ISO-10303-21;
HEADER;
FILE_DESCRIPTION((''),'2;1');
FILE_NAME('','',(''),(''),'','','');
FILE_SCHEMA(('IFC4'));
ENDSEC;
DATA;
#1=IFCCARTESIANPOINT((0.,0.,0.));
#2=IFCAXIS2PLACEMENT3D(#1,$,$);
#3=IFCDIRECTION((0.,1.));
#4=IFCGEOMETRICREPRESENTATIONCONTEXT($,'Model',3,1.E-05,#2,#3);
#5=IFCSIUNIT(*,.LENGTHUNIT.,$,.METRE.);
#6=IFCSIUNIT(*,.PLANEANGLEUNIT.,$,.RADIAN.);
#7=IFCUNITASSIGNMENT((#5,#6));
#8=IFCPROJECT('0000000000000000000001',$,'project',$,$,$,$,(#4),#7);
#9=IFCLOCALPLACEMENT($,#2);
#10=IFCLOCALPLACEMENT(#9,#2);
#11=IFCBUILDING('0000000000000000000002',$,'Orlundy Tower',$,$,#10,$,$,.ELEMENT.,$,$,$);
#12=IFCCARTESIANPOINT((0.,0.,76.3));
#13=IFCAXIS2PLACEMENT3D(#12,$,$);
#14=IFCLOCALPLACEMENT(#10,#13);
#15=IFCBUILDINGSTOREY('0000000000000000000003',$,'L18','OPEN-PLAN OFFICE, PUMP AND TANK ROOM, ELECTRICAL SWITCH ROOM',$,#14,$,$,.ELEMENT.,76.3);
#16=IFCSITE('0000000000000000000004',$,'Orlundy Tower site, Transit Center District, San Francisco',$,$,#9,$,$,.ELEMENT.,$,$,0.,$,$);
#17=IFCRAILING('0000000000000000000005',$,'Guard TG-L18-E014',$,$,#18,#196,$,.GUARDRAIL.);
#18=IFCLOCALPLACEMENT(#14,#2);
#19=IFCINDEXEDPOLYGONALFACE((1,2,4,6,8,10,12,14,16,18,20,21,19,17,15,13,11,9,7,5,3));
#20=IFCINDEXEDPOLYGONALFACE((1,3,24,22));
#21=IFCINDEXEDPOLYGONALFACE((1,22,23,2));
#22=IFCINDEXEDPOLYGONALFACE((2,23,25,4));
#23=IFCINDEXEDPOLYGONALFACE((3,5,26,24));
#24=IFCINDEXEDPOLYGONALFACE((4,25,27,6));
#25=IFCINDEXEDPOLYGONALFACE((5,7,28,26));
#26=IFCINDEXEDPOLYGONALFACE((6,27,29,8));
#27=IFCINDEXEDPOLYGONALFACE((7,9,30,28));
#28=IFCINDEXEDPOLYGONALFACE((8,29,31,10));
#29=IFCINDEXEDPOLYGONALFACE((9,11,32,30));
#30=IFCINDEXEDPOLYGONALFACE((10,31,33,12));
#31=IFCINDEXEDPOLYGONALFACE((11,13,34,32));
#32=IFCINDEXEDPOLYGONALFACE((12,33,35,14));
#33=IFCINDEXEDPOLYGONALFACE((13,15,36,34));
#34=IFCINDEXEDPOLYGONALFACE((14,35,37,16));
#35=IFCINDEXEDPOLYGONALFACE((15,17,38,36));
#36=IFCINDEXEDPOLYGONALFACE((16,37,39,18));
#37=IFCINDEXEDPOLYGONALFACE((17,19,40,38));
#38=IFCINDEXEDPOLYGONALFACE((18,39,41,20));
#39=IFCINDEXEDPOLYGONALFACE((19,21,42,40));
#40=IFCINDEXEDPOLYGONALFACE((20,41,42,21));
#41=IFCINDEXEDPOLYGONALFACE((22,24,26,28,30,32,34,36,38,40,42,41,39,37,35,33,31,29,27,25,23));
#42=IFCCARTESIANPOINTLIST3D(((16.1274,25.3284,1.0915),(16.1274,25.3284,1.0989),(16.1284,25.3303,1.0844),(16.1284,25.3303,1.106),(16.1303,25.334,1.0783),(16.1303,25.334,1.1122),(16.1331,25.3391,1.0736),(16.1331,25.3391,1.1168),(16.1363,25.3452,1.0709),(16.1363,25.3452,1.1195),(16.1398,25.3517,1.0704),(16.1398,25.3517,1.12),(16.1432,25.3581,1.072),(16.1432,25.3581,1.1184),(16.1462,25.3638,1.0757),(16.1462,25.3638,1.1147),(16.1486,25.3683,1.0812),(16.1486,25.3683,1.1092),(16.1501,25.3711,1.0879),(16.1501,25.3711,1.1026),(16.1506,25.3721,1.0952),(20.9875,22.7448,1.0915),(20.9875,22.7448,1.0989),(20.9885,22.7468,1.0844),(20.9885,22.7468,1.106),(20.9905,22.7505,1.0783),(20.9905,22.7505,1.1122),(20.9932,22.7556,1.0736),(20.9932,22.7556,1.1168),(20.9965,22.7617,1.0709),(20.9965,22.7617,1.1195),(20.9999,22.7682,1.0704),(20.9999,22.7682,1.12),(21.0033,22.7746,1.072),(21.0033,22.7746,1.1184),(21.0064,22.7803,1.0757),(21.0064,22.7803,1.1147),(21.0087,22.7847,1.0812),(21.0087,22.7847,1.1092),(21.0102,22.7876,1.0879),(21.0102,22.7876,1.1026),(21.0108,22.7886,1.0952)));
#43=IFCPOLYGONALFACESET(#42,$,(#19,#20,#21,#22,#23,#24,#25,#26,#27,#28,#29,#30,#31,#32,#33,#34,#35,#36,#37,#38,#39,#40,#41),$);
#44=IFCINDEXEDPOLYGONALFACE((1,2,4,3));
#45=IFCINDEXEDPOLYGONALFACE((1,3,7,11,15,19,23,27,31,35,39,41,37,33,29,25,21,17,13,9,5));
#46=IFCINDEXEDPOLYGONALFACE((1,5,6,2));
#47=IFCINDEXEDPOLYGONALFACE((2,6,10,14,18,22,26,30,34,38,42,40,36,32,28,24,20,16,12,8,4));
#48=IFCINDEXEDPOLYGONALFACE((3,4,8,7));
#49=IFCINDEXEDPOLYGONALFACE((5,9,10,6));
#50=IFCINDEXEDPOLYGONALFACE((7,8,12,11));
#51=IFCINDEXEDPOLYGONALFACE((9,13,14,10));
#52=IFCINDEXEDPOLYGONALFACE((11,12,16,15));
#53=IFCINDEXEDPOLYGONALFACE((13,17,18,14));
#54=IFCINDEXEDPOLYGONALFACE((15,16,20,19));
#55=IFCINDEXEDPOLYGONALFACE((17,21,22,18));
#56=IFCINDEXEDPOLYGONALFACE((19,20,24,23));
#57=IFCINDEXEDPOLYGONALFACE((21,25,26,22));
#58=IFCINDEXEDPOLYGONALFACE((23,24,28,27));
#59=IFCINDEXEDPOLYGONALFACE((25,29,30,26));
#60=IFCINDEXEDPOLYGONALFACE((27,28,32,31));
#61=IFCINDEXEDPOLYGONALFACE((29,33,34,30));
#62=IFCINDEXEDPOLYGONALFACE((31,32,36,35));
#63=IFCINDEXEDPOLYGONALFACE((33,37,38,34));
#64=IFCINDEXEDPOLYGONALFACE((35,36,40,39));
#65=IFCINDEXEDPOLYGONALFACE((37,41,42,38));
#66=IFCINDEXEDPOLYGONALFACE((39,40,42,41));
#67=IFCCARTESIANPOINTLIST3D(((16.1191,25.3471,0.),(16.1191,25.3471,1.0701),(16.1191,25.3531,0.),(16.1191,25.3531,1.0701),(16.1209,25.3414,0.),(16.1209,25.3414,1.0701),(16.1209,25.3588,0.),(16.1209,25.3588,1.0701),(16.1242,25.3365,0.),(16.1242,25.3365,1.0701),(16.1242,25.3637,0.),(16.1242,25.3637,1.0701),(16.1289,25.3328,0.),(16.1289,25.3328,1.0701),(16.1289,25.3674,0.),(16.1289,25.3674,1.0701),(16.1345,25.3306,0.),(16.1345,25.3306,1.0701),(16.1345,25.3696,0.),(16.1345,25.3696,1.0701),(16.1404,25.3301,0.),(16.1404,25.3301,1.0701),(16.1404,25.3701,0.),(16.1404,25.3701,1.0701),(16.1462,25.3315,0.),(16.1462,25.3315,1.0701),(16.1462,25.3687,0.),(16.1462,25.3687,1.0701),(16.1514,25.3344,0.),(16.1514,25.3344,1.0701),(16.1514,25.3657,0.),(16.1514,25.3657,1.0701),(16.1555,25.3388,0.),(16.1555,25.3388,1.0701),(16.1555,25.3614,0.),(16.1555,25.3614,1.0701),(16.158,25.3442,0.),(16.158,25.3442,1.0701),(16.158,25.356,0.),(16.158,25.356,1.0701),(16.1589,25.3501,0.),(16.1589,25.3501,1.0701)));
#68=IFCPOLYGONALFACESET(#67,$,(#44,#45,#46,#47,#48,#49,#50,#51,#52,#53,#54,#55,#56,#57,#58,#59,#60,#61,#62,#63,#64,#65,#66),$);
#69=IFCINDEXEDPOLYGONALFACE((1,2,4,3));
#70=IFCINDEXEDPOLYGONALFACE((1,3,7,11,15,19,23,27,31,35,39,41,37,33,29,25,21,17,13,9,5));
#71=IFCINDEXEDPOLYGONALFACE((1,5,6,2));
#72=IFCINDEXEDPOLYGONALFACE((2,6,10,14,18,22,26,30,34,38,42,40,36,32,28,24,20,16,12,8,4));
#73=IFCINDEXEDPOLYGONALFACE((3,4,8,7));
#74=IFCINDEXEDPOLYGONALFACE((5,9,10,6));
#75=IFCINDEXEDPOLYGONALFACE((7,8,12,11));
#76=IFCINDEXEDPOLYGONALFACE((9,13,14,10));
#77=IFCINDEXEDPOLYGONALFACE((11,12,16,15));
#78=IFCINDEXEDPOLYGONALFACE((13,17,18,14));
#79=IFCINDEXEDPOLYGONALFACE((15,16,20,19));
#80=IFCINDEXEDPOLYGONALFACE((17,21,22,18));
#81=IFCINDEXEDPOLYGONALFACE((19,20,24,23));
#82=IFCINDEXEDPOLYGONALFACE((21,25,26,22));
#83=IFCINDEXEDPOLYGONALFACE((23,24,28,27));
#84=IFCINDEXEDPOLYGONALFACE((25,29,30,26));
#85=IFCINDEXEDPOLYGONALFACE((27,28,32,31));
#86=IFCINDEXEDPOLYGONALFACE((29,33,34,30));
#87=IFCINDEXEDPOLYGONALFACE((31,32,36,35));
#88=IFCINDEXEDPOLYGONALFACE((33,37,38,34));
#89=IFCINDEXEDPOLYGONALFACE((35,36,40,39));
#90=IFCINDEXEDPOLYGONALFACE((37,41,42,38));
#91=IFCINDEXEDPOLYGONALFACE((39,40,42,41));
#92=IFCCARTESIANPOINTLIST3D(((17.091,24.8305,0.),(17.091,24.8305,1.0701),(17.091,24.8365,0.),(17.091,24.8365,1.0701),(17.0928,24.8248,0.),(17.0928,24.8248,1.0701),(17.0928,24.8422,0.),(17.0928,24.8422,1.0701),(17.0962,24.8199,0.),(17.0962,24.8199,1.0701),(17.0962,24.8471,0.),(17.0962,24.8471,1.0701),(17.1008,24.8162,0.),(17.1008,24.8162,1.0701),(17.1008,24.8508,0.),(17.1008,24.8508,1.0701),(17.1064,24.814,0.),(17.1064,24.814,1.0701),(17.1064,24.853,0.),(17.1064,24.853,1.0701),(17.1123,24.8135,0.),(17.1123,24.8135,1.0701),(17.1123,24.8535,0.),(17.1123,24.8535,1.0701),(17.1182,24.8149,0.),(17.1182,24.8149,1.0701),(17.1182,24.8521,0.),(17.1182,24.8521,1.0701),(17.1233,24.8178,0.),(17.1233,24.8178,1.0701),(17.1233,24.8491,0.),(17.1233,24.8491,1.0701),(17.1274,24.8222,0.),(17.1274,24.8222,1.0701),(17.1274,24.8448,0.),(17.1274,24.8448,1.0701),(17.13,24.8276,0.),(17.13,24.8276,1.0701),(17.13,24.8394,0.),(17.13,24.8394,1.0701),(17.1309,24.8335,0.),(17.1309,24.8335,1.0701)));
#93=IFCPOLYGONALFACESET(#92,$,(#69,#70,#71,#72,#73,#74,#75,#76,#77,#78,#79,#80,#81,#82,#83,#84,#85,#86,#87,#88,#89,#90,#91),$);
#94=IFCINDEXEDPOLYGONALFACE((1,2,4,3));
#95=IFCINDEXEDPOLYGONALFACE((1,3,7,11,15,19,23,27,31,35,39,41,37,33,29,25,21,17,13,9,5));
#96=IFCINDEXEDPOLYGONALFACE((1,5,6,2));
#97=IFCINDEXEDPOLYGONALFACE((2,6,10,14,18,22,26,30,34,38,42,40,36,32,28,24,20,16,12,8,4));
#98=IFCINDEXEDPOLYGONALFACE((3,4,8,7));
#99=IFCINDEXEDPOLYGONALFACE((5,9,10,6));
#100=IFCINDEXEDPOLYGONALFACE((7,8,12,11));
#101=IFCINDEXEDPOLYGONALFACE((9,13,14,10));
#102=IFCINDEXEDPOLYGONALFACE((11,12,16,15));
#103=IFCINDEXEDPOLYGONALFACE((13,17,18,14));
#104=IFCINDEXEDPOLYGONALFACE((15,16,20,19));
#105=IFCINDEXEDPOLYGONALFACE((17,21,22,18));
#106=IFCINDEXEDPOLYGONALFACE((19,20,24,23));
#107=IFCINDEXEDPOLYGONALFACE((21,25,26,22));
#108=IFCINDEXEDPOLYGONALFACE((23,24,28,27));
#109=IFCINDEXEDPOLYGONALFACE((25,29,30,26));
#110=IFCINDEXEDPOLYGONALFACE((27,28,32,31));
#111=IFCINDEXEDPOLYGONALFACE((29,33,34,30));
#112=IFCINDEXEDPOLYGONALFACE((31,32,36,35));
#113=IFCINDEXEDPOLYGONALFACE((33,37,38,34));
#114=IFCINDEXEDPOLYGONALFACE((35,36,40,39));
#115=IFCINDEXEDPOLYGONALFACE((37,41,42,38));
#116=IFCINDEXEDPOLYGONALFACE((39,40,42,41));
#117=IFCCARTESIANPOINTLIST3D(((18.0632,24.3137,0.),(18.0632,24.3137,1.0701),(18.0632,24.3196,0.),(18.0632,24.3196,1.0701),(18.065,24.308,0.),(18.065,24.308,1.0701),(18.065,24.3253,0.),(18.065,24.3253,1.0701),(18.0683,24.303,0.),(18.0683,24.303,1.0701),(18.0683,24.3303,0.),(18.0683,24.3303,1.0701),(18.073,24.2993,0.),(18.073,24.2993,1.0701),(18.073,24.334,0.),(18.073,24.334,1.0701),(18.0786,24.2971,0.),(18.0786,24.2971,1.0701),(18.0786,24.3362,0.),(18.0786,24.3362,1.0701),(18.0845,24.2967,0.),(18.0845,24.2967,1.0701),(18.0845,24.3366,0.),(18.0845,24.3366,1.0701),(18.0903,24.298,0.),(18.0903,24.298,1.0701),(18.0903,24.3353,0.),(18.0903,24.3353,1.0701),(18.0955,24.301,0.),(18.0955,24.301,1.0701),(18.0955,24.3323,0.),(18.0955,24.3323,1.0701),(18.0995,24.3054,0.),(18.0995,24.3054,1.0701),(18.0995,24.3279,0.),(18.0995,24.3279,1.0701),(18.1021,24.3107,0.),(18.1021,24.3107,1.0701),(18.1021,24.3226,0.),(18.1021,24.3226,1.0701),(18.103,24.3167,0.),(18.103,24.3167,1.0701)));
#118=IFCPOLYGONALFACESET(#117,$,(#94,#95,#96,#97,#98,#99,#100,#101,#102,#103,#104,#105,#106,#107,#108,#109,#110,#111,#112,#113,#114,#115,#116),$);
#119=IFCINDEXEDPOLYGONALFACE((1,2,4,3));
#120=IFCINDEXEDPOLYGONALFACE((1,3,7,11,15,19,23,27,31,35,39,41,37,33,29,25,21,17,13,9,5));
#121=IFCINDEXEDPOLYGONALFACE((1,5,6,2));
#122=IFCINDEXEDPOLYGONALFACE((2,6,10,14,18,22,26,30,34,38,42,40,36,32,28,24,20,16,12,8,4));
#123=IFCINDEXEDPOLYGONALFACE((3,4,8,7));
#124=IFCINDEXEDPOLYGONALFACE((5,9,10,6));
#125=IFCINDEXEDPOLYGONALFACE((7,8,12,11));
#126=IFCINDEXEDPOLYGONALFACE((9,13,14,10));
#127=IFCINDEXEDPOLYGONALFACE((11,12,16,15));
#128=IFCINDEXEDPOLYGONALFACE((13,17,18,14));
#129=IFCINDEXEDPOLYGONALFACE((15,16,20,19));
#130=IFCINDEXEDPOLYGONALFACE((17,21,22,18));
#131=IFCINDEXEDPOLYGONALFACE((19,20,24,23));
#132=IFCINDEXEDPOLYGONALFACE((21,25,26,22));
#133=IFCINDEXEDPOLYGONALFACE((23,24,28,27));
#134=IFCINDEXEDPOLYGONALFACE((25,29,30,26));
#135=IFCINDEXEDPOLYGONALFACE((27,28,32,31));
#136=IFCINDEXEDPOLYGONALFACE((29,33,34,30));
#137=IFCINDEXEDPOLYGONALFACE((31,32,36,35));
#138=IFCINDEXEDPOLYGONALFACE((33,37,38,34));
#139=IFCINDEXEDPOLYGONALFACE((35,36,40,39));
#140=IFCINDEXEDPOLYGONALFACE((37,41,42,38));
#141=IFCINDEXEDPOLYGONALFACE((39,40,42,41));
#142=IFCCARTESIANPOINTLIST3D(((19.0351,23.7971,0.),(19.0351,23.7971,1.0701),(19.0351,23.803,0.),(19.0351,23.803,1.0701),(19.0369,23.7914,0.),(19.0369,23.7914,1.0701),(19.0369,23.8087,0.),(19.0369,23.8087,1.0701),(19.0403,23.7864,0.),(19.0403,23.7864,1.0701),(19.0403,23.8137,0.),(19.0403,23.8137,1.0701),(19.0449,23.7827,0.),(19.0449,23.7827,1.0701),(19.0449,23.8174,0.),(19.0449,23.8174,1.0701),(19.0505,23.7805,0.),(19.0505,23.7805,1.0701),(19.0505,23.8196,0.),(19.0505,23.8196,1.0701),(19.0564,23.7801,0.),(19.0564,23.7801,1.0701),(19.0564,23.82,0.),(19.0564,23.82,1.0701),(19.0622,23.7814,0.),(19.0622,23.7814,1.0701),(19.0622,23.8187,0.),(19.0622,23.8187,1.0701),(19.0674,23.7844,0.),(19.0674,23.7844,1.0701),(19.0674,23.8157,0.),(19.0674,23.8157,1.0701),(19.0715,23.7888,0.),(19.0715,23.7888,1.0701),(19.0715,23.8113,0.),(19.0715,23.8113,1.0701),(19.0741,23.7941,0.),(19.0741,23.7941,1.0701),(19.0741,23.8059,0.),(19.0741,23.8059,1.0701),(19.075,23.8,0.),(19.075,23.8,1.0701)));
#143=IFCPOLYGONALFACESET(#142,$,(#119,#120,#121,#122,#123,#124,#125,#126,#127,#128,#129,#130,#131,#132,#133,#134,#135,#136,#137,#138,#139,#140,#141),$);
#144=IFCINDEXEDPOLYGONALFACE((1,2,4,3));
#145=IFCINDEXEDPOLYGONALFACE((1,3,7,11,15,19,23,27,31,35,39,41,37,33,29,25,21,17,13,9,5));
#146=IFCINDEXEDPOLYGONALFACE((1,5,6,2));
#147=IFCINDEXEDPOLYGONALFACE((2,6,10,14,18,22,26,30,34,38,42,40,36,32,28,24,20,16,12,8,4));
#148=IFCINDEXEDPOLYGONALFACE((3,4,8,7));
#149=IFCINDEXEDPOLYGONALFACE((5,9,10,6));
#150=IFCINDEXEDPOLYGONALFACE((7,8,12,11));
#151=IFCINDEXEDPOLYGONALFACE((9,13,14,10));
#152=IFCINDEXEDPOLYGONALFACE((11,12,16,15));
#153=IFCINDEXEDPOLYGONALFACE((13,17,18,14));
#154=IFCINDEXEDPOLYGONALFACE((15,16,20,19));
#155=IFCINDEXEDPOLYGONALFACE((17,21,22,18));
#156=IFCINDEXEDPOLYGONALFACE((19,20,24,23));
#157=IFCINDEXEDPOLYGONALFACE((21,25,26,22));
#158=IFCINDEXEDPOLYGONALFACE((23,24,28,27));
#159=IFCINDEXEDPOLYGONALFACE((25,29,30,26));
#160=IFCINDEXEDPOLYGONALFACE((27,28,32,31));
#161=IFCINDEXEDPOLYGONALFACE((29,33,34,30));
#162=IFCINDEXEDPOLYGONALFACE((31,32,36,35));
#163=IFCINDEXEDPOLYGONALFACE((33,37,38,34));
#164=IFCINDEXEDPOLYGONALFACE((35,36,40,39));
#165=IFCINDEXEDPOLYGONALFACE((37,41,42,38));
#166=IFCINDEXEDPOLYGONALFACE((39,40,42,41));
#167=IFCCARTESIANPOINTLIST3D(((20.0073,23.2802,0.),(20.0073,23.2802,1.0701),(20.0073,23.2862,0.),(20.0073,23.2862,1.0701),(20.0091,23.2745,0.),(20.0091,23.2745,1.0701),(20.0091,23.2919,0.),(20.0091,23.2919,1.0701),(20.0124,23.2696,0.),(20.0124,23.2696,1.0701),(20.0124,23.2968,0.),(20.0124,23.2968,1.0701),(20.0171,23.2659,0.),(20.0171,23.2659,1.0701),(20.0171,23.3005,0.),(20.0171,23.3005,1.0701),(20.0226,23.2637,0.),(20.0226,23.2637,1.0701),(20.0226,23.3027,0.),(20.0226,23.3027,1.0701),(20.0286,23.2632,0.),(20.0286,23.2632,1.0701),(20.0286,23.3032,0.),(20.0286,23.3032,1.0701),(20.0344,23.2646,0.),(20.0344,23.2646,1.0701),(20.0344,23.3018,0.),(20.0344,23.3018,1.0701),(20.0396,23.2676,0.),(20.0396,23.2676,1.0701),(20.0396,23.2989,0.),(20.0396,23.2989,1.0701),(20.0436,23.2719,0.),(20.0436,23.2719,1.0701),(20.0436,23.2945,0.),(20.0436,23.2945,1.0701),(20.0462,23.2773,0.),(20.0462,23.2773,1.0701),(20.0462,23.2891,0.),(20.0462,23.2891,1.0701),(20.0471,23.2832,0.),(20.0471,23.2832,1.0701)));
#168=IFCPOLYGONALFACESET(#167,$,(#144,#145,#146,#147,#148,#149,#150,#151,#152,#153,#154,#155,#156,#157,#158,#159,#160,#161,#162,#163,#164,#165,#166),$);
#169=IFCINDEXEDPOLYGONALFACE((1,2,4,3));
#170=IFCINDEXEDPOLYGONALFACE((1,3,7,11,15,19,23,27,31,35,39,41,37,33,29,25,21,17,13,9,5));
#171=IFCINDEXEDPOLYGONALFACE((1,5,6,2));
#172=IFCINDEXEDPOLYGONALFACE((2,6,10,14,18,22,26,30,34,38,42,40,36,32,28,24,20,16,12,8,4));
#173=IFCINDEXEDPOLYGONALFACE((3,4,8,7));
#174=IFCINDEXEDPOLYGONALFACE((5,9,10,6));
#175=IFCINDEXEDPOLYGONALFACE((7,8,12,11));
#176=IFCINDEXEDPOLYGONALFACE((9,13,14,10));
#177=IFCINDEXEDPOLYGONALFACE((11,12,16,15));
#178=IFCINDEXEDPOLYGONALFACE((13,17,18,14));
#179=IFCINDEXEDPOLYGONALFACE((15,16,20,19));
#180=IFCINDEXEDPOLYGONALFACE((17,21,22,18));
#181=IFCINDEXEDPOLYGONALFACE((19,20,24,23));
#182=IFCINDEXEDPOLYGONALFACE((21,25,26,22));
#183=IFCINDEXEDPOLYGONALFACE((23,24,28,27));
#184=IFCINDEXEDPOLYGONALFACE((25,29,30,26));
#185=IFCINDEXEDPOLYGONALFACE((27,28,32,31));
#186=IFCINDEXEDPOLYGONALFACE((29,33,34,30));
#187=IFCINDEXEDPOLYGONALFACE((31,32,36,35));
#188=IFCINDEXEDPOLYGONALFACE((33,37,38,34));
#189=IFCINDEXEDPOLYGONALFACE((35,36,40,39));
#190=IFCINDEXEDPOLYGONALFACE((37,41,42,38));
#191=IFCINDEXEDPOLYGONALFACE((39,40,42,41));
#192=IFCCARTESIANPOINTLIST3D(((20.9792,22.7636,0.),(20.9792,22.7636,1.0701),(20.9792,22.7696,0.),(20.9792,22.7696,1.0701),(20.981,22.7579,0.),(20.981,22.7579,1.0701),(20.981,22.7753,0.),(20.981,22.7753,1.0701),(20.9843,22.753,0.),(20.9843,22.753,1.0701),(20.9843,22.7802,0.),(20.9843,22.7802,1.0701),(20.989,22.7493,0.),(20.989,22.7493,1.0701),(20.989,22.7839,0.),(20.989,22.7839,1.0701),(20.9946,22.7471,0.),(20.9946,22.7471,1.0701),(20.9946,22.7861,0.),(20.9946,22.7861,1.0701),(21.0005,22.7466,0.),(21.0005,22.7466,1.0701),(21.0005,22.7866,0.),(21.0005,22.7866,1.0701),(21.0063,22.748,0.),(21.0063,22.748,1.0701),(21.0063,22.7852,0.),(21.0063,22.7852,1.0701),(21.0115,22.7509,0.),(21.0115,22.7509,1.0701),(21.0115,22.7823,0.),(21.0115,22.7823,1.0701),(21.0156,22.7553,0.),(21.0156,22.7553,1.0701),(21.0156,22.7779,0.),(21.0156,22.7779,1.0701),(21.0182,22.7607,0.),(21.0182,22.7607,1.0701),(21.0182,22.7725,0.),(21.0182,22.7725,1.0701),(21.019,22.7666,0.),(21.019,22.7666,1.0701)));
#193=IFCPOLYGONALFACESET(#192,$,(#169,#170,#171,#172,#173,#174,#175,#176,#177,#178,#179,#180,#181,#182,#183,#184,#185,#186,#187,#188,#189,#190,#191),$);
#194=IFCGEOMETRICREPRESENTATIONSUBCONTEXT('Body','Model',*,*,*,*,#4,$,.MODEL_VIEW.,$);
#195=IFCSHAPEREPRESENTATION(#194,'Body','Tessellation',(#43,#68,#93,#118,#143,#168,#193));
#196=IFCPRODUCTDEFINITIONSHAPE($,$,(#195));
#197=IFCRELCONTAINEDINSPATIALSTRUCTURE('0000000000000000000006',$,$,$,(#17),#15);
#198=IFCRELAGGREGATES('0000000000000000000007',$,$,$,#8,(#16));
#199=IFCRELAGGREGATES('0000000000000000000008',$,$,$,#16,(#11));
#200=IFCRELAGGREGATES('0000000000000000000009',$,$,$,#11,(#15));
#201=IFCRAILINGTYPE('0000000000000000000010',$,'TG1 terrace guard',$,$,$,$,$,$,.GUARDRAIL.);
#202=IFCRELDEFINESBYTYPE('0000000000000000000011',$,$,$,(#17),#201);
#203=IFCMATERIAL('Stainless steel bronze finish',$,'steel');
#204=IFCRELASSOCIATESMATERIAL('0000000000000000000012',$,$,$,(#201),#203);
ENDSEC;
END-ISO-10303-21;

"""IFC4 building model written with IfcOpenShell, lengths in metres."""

from ifc_helpers import new_model, si_unit, direction, frame, origin, origin_2d, place, context, subcontext, project, spatial, circle, extrude, material, type_object, element, save


model = new_model("IFC4")

# Units and contexts
model_context = context("Model", 3, precision=1e-05, world=origin(), true_north=direction((0.0, 1.0)))
body_context = subcontext(model_context, "Body", "Model", "MODEL_VIEW")
ifc_project = project(units=[si_unit("LENGTHUNIT", "METRE"), si_unit("PLANEANGLEUNIT", "RADIAN")], contexts=[model_context])

# Site, building, storey
site_placement = place(None, origin())
site = spatial("IfcSite", under=ifc_project, at=site_placement, Name="Orlundy Tower site, Transit Center District, San Francisco", CompositionType="ELEMENT", RefElevation=0.0)
building_placement = place(site_placement, origin())
building = spatial("IfcBuilding", under=site, at=building_placement, Name="Orlundy Tower", CompositionType="ELEMENT")
storey_placement = place(building_placement, frame((0.0, 0.0, 76.3)))
storey = spatial("IfcBuildingStorey", under=building, at=storey_placement, Name="L18", Description="OPEN-PLAN OFFICE, PUMP AND TANK ROOM, ELECTRICAL SWITCH ROOM", CompositionType="ELEMENT", Elevation=76.3)

# Railing
ifc_material_1 = material(Name="Stainless steel bronze finish", Category="steel")
railing_type = type_object("IfcRailingType", Name="TG1 terrace guard", PredefinedType="GUARDRAIL", material=ifc_material_1)
railing_1_placement = place(storey_placement, frame((16.1389, 25.3501, 0.0)))
element("IfcRailing", 1, at=railing_1_placement, inside=storey, type_object=railing_type, Name="Guard TG-L18-E014", PredefinedType="GUARDRAIL", context=body_context, shape_type="SweptSolid", body=[
    extrude(circle(Radius=0.0249, at=origin_2d()), frame((0.0, 0.0, 1.0952), z_axis=(0.882998, -0.469377, 0.0), x_axis=(0.469377, 0.882998, 0.0)), (0.0, 0.0, 1.0), 5.5042),
    extrude(circle(Radius=0.02, at=origin_2d()), origin(), (0.0, 0.0, 1.0), 1.0701),
    extrude(circle(Radius=0.02, at=origin_2d()), frame((0.9719, -0.5166, 0.0)), (0.0, 0.0, 1.0), 1.0701),
    extrude(circle(Radius=0.02, at=origin_2d()), frame((1.9441, -1.0334, 0.0)), (0.0, 0.0, 1.0), 1.0701),
    extrude(circle(Radius=0.02, at=origin_2d()), frame((2.916, -1.55, 0.0)), (0.0, 0.0, 1.0), 1.0701),
    extrude(circle(Radius=0.02, at=origin_2d()), frame((3.8882, -2.0669, 0.0)), (0.0, 0.0, 1.0), 1.0701),
    extrude(circle(Radius=0.02, at=origin_2d()), frame((4.8601, -2.5835, 0.0)), (0.0, 0.0, 1.0), 1.0701),
])

save(model, "model.ifc")
